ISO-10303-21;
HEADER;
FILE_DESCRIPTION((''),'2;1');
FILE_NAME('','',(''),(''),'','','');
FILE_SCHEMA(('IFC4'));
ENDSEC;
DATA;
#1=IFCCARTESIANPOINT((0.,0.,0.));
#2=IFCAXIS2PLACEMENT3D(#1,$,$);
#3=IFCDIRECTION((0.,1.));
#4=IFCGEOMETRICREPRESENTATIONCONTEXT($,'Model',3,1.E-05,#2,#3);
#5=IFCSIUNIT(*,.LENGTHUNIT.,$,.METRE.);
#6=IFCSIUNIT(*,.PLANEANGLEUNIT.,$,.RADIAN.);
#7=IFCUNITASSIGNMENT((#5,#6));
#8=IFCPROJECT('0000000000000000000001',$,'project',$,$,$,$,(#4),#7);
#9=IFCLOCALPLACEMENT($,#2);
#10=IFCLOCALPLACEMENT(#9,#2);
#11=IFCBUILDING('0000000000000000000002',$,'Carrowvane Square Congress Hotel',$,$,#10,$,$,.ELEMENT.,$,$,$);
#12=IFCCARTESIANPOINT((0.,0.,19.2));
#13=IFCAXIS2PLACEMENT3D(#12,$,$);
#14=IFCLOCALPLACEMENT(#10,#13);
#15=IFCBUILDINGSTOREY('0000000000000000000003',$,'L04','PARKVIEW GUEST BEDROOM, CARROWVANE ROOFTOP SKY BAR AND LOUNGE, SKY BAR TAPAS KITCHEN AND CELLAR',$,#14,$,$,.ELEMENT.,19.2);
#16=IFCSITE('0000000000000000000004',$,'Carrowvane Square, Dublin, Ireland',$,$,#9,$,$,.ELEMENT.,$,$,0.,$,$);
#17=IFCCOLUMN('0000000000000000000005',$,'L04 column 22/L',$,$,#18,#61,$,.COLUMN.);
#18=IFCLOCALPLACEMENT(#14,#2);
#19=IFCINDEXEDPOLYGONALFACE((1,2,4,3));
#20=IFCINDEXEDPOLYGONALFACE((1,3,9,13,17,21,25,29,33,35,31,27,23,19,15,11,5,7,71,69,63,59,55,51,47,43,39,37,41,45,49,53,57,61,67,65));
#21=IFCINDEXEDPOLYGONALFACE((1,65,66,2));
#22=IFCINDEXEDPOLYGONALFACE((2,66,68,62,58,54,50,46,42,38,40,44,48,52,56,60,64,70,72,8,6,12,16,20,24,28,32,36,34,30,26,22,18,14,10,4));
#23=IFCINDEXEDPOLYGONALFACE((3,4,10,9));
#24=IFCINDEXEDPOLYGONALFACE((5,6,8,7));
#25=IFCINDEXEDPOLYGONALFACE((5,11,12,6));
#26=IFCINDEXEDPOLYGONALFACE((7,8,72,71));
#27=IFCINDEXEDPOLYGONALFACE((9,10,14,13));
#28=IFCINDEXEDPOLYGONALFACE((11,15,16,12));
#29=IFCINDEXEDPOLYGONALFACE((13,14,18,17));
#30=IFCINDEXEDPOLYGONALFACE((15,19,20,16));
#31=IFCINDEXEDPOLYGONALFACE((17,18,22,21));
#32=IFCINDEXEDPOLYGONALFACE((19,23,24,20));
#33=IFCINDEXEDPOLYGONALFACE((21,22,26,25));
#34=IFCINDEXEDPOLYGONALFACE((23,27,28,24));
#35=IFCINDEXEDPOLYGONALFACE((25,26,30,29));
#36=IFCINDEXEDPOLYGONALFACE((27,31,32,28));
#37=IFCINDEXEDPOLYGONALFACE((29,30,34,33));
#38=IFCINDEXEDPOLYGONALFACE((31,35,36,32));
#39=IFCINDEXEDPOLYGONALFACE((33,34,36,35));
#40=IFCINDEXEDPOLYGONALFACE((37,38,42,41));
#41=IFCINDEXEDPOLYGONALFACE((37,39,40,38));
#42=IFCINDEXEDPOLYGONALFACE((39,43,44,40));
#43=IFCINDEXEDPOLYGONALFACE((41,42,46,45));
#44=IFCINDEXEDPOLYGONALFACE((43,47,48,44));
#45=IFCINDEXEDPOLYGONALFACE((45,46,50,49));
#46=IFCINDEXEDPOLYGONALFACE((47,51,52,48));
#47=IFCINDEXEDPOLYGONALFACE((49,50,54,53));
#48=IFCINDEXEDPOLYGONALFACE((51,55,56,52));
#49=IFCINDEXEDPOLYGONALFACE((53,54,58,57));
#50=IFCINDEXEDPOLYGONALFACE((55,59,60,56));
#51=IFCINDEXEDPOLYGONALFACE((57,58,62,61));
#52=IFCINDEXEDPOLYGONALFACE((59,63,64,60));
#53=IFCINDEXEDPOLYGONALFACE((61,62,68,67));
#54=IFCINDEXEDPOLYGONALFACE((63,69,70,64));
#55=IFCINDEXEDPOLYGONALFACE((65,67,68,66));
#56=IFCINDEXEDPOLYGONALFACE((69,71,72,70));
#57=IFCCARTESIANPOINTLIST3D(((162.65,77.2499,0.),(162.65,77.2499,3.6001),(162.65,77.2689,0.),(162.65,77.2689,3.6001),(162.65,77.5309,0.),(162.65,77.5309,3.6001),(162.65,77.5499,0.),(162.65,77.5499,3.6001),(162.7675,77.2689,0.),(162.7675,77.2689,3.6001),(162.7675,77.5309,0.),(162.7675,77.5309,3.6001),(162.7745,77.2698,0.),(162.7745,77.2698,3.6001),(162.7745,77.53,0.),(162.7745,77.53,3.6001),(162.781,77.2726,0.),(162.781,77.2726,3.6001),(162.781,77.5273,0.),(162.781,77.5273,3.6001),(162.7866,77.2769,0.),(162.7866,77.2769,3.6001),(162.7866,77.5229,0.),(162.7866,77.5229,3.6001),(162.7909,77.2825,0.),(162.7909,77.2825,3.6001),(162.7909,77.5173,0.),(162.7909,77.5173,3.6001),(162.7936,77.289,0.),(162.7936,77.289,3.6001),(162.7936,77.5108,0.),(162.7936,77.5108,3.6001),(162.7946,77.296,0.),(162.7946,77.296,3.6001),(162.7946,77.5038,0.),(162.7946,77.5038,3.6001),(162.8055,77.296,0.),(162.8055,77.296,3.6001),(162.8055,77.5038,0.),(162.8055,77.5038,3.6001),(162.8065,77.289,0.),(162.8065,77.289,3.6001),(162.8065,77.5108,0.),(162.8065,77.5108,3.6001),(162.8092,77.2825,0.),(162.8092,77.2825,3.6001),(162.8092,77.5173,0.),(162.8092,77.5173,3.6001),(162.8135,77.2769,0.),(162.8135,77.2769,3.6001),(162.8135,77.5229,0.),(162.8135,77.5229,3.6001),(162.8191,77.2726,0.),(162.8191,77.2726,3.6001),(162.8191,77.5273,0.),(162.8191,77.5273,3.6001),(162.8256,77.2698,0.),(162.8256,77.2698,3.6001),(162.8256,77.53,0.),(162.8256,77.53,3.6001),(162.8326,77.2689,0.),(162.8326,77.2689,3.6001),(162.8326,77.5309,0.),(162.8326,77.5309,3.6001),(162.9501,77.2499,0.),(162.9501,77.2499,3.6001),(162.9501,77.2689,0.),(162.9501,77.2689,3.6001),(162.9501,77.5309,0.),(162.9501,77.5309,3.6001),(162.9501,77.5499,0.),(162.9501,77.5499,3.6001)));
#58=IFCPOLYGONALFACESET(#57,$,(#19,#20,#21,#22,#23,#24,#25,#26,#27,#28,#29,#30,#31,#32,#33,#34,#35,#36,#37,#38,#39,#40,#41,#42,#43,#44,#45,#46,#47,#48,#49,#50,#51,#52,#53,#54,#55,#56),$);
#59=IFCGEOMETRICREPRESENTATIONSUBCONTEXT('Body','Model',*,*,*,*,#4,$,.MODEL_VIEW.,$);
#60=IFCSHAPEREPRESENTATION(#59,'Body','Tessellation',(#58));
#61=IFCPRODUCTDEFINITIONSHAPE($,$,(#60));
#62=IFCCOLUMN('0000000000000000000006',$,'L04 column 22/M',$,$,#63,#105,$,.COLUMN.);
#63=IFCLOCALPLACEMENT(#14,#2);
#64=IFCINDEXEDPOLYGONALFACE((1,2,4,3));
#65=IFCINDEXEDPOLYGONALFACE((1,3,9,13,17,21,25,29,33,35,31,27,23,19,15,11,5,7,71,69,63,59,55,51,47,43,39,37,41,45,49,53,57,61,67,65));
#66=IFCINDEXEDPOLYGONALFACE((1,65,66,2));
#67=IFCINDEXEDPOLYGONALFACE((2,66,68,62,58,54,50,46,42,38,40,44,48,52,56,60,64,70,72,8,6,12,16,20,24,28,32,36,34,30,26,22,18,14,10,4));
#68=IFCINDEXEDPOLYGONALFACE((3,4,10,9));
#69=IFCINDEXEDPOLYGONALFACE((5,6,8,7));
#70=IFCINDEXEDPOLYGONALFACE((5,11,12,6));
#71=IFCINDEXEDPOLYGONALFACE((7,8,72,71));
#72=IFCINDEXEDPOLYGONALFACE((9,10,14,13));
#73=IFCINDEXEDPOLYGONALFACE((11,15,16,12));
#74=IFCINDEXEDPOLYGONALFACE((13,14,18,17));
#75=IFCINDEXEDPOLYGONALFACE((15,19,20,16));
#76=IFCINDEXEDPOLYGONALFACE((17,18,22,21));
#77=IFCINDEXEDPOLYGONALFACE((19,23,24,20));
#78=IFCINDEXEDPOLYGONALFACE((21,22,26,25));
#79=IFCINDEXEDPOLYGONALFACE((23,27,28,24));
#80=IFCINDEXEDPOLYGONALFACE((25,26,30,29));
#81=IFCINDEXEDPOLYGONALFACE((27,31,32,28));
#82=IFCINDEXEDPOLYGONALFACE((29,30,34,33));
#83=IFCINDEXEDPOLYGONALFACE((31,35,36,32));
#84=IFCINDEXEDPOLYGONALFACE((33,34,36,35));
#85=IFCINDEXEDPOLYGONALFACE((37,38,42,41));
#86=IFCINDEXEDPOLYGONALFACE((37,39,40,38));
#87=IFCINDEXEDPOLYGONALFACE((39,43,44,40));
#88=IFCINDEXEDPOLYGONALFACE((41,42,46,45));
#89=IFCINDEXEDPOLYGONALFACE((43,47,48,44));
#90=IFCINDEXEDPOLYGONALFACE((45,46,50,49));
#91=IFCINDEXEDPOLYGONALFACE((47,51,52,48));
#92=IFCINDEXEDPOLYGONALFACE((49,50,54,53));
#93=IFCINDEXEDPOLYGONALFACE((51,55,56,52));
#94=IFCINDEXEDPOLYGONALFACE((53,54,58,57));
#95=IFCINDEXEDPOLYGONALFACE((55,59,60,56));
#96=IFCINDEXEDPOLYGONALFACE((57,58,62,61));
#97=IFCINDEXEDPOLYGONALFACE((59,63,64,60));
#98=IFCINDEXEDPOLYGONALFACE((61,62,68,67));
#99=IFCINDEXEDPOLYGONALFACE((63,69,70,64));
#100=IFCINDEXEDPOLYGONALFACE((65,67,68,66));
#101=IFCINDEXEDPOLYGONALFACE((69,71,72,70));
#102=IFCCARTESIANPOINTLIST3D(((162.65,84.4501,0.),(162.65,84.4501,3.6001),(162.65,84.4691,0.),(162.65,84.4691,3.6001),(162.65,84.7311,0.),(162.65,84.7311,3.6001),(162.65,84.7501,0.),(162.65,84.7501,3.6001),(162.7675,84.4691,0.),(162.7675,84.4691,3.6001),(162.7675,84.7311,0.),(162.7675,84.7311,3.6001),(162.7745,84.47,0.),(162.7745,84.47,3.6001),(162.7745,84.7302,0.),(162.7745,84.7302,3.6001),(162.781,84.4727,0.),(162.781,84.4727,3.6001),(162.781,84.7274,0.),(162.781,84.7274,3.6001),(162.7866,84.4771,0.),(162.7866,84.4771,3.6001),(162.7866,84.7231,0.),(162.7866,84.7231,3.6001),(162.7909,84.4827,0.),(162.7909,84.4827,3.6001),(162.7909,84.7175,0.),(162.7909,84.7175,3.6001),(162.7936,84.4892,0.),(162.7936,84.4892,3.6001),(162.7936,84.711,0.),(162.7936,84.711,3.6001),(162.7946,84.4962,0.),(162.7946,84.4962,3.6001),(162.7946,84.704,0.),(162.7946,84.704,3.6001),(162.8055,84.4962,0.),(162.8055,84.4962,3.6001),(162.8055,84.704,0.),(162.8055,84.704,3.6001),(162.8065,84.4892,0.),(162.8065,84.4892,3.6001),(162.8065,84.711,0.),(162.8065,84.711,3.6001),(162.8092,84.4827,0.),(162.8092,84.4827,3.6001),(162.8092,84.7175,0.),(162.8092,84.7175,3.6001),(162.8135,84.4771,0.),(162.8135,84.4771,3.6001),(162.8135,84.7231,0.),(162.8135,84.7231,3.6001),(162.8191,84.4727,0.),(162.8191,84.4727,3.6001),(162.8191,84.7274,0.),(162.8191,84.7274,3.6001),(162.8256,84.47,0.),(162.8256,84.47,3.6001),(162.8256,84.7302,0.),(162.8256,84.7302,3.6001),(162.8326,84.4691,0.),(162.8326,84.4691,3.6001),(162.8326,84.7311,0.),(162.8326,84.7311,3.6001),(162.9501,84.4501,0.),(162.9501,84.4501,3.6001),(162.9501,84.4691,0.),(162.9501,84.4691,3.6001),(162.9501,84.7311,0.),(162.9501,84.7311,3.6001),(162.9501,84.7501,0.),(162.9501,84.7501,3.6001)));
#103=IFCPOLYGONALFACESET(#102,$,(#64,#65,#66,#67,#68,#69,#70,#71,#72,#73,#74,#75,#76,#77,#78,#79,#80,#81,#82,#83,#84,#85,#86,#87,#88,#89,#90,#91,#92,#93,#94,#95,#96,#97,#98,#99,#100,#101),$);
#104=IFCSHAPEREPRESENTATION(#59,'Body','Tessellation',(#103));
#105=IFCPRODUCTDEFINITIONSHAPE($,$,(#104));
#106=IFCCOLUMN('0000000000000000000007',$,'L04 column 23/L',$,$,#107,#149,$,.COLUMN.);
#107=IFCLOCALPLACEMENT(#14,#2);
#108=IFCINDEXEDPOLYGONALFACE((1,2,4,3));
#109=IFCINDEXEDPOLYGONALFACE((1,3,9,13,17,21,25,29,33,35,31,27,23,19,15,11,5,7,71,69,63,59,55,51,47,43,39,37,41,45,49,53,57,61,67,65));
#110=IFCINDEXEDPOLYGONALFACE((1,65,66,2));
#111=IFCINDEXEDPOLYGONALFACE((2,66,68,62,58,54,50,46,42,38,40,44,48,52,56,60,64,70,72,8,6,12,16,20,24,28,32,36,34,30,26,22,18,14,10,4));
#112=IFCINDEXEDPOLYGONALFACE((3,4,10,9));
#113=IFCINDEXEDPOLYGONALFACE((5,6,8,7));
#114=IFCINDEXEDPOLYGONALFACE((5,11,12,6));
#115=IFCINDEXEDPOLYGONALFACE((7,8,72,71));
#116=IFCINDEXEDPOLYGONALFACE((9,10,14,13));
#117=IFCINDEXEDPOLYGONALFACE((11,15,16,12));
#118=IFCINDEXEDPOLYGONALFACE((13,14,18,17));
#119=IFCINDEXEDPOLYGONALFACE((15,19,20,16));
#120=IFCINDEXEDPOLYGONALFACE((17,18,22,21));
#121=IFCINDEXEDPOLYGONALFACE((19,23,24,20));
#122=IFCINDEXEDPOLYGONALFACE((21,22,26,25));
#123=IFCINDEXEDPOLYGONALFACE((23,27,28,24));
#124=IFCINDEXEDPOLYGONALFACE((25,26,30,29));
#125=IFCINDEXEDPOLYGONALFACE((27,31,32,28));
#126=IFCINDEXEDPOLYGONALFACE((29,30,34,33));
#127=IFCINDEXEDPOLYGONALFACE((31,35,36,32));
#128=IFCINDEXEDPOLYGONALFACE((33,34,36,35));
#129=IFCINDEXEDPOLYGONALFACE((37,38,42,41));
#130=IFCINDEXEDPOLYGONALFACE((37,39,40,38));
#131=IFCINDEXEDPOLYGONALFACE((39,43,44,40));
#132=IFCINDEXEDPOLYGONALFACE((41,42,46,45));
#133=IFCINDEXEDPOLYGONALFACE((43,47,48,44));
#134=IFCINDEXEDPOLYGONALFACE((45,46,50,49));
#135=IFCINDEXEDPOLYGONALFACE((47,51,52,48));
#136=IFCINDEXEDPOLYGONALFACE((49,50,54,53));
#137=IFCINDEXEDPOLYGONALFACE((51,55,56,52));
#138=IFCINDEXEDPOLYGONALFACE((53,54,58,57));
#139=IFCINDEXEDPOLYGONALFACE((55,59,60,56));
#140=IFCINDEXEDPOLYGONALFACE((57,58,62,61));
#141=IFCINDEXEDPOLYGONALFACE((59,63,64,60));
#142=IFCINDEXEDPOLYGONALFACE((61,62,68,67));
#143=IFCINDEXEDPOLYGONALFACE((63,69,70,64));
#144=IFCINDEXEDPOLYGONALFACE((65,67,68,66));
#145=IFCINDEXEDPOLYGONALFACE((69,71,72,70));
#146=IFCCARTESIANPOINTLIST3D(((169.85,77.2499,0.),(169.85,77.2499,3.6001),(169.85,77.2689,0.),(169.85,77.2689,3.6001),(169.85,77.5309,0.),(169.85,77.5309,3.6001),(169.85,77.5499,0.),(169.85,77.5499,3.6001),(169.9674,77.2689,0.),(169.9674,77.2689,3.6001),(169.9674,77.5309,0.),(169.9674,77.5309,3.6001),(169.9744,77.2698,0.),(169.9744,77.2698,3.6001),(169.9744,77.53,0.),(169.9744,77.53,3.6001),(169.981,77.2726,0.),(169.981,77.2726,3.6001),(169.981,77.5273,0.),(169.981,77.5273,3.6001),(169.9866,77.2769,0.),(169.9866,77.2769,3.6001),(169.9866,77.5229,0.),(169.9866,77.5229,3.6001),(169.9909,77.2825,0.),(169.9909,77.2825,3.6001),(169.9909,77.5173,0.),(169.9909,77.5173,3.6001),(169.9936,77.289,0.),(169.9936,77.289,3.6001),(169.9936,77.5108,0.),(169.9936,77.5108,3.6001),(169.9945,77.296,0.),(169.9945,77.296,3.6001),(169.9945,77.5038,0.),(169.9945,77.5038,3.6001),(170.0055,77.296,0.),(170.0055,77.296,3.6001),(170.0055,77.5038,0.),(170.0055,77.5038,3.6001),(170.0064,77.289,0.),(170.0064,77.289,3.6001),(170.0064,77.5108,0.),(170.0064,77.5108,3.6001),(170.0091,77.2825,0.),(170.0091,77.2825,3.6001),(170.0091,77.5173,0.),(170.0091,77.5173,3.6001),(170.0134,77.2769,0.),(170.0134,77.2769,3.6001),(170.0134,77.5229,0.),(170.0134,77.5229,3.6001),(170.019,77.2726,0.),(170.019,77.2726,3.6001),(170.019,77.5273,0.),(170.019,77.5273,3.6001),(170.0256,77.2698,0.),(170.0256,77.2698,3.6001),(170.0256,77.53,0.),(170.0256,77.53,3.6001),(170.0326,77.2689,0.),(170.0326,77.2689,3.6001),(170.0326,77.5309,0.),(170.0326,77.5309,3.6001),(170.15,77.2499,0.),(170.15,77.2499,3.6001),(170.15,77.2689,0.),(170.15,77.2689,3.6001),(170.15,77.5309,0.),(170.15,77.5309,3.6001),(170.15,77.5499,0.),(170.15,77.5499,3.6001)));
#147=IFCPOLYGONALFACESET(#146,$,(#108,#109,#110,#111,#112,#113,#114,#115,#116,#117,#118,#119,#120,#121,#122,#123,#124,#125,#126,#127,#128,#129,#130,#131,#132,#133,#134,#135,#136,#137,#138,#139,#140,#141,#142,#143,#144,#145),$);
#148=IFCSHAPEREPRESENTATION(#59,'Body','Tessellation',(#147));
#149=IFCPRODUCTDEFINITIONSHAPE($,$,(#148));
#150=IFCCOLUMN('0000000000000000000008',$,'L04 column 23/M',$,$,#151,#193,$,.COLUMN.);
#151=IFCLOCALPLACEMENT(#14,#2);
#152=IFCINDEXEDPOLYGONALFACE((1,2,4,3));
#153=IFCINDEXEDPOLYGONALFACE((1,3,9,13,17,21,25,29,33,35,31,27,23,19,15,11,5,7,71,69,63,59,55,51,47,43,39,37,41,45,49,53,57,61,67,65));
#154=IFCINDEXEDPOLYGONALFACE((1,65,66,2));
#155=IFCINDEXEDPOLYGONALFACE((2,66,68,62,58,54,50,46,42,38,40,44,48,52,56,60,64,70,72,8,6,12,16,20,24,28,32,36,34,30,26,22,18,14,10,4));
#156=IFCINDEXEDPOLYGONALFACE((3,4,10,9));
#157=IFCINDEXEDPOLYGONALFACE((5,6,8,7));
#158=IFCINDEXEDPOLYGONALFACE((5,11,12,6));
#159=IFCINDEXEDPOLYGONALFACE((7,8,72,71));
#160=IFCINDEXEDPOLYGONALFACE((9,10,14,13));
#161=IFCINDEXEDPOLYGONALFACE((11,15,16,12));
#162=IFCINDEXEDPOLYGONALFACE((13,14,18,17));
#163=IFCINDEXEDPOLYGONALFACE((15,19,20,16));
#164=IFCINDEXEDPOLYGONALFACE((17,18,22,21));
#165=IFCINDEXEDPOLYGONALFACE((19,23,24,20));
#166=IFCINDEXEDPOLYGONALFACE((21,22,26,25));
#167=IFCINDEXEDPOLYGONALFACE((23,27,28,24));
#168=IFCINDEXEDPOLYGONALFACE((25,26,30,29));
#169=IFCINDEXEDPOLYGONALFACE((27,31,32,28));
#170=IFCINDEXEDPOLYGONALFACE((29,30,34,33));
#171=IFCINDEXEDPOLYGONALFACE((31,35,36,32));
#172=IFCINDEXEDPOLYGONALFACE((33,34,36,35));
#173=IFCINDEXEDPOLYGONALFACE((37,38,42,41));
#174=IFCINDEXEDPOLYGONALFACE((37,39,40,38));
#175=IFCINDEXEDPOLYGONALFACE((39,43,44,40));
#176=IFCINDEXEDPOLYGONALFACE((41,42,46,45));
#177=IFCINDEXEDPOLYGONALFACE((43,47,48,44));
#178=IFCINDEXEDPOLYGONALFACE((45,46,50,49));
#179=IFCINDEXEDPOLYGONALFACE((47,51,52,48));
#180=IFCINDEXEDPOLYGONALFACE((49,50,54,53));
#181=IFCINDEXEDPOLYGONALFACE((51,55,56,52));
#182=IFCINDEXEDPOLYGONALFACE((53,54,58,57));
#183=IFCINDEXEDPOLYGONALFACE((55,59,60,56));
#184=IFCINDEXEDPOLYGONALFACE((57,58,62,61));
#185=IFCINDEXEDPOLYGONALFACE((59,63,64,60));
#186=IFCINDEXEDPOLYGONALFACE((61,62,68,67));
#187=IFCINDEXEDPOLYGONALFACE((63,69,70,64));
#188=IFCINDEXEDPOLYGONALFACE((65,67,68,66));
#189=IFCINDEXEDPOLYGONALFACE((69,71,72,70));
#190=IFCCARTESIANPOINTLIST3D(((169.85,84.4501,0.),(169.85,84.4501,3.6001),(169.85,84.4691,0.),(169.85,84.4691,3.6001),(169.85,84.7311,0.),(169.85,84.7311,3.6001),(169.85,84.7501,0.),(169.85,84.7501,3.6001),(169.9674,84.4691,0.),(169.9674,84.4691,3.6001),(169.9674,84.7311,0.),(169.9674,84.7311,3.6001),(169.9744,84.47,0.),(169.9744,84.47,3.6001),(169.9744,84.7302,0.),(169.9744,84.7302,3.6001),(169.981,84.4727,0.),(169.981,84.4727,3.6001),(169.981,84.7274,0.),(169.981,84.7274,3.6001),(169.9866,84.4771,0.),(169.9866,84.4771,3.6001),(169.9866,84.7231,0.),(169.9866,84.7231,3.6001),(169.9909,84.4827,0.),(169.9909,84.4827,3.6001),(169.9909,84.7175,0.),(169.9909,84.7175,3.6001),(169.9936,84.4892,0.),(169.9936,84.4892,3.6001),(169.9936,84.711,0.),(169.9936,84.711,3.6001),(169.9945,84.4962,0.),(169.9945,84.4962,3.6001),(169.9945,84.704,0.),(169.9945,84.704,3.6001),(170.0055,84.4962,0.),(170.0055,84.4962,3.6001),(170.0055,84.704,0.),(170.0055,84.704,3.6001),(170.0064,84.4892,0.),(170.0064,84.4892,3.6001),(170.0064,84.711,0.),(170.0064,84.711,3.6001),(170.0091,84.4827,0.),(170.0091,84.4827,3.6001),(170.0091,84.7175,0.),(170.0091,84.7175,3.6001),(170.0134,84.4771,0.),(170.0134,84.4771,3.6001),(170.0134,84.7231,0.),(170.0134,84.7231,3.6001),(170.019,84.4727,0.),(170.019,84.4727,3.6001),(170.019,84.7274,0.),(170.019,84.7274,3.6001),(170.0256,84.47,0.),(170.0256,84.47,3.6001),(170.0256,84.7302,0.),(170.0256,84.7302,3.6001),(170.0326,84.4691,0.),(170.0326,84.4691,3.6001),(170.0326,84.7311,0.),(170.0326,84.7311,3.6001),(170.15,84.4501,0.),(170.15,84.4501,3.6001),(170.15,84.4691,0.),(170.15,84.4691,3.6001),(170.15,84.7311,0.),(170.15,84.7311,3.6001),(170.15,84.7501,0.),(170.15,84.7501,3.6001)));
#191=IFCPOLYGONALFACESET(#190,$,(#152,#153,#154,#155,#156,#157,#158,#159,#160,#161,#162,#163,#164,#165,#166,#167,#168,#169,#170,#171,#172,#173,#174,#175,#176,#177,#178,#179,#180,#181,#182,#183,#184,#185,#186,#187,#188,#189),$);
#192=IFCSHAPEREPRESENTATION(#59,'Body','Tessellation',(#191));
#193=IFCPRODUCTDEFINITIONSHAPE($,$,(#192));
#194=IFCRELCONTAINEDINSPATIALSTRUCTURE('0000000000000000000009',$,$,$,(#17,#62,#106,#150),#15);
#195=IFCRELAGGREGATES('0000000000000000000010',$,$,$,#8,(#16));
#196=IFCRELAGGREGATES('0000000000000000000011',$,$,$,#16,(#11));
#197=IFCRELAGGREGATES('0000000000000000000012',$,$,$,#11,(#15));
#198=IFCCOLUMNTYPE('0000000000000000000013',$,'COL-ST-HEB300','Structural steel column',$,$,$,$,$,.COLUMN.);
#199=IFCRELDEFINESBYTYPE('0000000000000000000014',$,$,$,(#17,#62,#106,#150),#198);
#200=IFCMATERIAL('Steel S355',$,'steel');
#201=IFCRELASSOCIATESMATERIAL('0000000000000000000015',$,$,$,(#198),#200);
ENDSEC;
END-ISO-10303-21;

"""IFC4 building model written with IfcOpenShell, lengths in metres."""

from ifc_helpers import new_model, si_unit, direction, frame, origin, origin_2d, place, context, subcontext, project, spatial, i_section, extrude, material, material_profile, profile_set, type_object, element, save


model = new_model("IFC4")

# Units and contexts
model_context = context("Model", 3, precision=1e-05, world=origin(), true_north=direction((0.0, 1.0)))
body_context = subcontext(model_context, "Body", "Model", "MODEL_VIEW")
ifc_project = project(units=[si_unit("LENGTHUNIT", "METRE"), si_unit("PLANEANGLEUNIT", "RADIAN")], contexts=[model_context])

# Site, building, storey
site_placement = place(None, origin())
site = spatial("IfcSite", under=ifc_project, at=site_placement, Name="Carrowvane Square, Dublin, Ireland", CompositionType="ELEMENT", RefElevation=0.0)
building_placement = place(site_placement, origin())
building = spatial("IfcBuilding", under=site, at=building_placement, Name="Carrowvane Square Congress Hotel", CompositionType="ELEMENT")
storey_placement = place(building_placement, frame((0.0, 0.0, 19.2)))
storey = spatial("IfcBuildingStorey", under=building, at=storey_placement, Name="L04", Description="PARKVIEW GUEST BEDROOM, CARROWVANE ROOFTOP SKY BAR AND LOUNGE, SKY BAR TAPAS KITCHEN AND CELLAR", CompositionType="ELEMENT", Elevation=19.2)

# Columns
ifc_material_1 = material(Name="Steel S355", Category="steel")
ifc_material_profile_1 = material_profile(ifc_material_1, i_section(OverallWidth=0.3, OverallDepth=0.3, WebThickness=0.011, FlangeThickness=0.019, FilletRadius=0.0271, at=origin_2d()), Name="HEB 300")
ifc_profile_set_1 = profile_set([ifc_material_profile_1], Name="Steel S355")
column_type = type_object("IfcColumnType", Name="COL-ST-HEB300", Description="Structural steel column", PredefinedType="COLUMN", material=ifc_profile_set_1)
for number, where, z_axis, x_axis, name in (
    (1, (162.8, 77.3999, 0.0), (0.0, 0.0, 1.0), (1.0, 0.0, 0.0), "L04 column 22/L"),
    (2, (162.8, 84.6001, 0.0), (0.0, 0.0, 1.0), (1.0, 0.0, 0.0), "L04 column 22/M"),
    (3, (170.0, 77.3999, 0.0), (0.0, 0.0, 1.0), (1.0, 0.0, 0.0), "L04 column 23/L"),
    (4, (170.0, 84.6001, 0.0), (0.0, 0.0, 1.0), (1.0, 0.0, 0.0), "L04 column 23/M"),
):
    element("IfcColumn", number, at=place(storey_placement, frame(where, z_axis=z_axis, x_axis=x_axis)), inside=storey, type_object=column_type, Name=name, PredefinedType="COLUMN", context=body_context, shape_type="SweptSolid", body=[
        extrude(i_section(OverallWidth=0.3, OverallDepth=0.3, WebThickness=0.011, FlangeThickness=0.019, FilletRadius=0.0271, at=origin_2d()), origin(), (0.0, 0.0, 1.0), 3.6001),
    ])

save(model, "model.ifc")
